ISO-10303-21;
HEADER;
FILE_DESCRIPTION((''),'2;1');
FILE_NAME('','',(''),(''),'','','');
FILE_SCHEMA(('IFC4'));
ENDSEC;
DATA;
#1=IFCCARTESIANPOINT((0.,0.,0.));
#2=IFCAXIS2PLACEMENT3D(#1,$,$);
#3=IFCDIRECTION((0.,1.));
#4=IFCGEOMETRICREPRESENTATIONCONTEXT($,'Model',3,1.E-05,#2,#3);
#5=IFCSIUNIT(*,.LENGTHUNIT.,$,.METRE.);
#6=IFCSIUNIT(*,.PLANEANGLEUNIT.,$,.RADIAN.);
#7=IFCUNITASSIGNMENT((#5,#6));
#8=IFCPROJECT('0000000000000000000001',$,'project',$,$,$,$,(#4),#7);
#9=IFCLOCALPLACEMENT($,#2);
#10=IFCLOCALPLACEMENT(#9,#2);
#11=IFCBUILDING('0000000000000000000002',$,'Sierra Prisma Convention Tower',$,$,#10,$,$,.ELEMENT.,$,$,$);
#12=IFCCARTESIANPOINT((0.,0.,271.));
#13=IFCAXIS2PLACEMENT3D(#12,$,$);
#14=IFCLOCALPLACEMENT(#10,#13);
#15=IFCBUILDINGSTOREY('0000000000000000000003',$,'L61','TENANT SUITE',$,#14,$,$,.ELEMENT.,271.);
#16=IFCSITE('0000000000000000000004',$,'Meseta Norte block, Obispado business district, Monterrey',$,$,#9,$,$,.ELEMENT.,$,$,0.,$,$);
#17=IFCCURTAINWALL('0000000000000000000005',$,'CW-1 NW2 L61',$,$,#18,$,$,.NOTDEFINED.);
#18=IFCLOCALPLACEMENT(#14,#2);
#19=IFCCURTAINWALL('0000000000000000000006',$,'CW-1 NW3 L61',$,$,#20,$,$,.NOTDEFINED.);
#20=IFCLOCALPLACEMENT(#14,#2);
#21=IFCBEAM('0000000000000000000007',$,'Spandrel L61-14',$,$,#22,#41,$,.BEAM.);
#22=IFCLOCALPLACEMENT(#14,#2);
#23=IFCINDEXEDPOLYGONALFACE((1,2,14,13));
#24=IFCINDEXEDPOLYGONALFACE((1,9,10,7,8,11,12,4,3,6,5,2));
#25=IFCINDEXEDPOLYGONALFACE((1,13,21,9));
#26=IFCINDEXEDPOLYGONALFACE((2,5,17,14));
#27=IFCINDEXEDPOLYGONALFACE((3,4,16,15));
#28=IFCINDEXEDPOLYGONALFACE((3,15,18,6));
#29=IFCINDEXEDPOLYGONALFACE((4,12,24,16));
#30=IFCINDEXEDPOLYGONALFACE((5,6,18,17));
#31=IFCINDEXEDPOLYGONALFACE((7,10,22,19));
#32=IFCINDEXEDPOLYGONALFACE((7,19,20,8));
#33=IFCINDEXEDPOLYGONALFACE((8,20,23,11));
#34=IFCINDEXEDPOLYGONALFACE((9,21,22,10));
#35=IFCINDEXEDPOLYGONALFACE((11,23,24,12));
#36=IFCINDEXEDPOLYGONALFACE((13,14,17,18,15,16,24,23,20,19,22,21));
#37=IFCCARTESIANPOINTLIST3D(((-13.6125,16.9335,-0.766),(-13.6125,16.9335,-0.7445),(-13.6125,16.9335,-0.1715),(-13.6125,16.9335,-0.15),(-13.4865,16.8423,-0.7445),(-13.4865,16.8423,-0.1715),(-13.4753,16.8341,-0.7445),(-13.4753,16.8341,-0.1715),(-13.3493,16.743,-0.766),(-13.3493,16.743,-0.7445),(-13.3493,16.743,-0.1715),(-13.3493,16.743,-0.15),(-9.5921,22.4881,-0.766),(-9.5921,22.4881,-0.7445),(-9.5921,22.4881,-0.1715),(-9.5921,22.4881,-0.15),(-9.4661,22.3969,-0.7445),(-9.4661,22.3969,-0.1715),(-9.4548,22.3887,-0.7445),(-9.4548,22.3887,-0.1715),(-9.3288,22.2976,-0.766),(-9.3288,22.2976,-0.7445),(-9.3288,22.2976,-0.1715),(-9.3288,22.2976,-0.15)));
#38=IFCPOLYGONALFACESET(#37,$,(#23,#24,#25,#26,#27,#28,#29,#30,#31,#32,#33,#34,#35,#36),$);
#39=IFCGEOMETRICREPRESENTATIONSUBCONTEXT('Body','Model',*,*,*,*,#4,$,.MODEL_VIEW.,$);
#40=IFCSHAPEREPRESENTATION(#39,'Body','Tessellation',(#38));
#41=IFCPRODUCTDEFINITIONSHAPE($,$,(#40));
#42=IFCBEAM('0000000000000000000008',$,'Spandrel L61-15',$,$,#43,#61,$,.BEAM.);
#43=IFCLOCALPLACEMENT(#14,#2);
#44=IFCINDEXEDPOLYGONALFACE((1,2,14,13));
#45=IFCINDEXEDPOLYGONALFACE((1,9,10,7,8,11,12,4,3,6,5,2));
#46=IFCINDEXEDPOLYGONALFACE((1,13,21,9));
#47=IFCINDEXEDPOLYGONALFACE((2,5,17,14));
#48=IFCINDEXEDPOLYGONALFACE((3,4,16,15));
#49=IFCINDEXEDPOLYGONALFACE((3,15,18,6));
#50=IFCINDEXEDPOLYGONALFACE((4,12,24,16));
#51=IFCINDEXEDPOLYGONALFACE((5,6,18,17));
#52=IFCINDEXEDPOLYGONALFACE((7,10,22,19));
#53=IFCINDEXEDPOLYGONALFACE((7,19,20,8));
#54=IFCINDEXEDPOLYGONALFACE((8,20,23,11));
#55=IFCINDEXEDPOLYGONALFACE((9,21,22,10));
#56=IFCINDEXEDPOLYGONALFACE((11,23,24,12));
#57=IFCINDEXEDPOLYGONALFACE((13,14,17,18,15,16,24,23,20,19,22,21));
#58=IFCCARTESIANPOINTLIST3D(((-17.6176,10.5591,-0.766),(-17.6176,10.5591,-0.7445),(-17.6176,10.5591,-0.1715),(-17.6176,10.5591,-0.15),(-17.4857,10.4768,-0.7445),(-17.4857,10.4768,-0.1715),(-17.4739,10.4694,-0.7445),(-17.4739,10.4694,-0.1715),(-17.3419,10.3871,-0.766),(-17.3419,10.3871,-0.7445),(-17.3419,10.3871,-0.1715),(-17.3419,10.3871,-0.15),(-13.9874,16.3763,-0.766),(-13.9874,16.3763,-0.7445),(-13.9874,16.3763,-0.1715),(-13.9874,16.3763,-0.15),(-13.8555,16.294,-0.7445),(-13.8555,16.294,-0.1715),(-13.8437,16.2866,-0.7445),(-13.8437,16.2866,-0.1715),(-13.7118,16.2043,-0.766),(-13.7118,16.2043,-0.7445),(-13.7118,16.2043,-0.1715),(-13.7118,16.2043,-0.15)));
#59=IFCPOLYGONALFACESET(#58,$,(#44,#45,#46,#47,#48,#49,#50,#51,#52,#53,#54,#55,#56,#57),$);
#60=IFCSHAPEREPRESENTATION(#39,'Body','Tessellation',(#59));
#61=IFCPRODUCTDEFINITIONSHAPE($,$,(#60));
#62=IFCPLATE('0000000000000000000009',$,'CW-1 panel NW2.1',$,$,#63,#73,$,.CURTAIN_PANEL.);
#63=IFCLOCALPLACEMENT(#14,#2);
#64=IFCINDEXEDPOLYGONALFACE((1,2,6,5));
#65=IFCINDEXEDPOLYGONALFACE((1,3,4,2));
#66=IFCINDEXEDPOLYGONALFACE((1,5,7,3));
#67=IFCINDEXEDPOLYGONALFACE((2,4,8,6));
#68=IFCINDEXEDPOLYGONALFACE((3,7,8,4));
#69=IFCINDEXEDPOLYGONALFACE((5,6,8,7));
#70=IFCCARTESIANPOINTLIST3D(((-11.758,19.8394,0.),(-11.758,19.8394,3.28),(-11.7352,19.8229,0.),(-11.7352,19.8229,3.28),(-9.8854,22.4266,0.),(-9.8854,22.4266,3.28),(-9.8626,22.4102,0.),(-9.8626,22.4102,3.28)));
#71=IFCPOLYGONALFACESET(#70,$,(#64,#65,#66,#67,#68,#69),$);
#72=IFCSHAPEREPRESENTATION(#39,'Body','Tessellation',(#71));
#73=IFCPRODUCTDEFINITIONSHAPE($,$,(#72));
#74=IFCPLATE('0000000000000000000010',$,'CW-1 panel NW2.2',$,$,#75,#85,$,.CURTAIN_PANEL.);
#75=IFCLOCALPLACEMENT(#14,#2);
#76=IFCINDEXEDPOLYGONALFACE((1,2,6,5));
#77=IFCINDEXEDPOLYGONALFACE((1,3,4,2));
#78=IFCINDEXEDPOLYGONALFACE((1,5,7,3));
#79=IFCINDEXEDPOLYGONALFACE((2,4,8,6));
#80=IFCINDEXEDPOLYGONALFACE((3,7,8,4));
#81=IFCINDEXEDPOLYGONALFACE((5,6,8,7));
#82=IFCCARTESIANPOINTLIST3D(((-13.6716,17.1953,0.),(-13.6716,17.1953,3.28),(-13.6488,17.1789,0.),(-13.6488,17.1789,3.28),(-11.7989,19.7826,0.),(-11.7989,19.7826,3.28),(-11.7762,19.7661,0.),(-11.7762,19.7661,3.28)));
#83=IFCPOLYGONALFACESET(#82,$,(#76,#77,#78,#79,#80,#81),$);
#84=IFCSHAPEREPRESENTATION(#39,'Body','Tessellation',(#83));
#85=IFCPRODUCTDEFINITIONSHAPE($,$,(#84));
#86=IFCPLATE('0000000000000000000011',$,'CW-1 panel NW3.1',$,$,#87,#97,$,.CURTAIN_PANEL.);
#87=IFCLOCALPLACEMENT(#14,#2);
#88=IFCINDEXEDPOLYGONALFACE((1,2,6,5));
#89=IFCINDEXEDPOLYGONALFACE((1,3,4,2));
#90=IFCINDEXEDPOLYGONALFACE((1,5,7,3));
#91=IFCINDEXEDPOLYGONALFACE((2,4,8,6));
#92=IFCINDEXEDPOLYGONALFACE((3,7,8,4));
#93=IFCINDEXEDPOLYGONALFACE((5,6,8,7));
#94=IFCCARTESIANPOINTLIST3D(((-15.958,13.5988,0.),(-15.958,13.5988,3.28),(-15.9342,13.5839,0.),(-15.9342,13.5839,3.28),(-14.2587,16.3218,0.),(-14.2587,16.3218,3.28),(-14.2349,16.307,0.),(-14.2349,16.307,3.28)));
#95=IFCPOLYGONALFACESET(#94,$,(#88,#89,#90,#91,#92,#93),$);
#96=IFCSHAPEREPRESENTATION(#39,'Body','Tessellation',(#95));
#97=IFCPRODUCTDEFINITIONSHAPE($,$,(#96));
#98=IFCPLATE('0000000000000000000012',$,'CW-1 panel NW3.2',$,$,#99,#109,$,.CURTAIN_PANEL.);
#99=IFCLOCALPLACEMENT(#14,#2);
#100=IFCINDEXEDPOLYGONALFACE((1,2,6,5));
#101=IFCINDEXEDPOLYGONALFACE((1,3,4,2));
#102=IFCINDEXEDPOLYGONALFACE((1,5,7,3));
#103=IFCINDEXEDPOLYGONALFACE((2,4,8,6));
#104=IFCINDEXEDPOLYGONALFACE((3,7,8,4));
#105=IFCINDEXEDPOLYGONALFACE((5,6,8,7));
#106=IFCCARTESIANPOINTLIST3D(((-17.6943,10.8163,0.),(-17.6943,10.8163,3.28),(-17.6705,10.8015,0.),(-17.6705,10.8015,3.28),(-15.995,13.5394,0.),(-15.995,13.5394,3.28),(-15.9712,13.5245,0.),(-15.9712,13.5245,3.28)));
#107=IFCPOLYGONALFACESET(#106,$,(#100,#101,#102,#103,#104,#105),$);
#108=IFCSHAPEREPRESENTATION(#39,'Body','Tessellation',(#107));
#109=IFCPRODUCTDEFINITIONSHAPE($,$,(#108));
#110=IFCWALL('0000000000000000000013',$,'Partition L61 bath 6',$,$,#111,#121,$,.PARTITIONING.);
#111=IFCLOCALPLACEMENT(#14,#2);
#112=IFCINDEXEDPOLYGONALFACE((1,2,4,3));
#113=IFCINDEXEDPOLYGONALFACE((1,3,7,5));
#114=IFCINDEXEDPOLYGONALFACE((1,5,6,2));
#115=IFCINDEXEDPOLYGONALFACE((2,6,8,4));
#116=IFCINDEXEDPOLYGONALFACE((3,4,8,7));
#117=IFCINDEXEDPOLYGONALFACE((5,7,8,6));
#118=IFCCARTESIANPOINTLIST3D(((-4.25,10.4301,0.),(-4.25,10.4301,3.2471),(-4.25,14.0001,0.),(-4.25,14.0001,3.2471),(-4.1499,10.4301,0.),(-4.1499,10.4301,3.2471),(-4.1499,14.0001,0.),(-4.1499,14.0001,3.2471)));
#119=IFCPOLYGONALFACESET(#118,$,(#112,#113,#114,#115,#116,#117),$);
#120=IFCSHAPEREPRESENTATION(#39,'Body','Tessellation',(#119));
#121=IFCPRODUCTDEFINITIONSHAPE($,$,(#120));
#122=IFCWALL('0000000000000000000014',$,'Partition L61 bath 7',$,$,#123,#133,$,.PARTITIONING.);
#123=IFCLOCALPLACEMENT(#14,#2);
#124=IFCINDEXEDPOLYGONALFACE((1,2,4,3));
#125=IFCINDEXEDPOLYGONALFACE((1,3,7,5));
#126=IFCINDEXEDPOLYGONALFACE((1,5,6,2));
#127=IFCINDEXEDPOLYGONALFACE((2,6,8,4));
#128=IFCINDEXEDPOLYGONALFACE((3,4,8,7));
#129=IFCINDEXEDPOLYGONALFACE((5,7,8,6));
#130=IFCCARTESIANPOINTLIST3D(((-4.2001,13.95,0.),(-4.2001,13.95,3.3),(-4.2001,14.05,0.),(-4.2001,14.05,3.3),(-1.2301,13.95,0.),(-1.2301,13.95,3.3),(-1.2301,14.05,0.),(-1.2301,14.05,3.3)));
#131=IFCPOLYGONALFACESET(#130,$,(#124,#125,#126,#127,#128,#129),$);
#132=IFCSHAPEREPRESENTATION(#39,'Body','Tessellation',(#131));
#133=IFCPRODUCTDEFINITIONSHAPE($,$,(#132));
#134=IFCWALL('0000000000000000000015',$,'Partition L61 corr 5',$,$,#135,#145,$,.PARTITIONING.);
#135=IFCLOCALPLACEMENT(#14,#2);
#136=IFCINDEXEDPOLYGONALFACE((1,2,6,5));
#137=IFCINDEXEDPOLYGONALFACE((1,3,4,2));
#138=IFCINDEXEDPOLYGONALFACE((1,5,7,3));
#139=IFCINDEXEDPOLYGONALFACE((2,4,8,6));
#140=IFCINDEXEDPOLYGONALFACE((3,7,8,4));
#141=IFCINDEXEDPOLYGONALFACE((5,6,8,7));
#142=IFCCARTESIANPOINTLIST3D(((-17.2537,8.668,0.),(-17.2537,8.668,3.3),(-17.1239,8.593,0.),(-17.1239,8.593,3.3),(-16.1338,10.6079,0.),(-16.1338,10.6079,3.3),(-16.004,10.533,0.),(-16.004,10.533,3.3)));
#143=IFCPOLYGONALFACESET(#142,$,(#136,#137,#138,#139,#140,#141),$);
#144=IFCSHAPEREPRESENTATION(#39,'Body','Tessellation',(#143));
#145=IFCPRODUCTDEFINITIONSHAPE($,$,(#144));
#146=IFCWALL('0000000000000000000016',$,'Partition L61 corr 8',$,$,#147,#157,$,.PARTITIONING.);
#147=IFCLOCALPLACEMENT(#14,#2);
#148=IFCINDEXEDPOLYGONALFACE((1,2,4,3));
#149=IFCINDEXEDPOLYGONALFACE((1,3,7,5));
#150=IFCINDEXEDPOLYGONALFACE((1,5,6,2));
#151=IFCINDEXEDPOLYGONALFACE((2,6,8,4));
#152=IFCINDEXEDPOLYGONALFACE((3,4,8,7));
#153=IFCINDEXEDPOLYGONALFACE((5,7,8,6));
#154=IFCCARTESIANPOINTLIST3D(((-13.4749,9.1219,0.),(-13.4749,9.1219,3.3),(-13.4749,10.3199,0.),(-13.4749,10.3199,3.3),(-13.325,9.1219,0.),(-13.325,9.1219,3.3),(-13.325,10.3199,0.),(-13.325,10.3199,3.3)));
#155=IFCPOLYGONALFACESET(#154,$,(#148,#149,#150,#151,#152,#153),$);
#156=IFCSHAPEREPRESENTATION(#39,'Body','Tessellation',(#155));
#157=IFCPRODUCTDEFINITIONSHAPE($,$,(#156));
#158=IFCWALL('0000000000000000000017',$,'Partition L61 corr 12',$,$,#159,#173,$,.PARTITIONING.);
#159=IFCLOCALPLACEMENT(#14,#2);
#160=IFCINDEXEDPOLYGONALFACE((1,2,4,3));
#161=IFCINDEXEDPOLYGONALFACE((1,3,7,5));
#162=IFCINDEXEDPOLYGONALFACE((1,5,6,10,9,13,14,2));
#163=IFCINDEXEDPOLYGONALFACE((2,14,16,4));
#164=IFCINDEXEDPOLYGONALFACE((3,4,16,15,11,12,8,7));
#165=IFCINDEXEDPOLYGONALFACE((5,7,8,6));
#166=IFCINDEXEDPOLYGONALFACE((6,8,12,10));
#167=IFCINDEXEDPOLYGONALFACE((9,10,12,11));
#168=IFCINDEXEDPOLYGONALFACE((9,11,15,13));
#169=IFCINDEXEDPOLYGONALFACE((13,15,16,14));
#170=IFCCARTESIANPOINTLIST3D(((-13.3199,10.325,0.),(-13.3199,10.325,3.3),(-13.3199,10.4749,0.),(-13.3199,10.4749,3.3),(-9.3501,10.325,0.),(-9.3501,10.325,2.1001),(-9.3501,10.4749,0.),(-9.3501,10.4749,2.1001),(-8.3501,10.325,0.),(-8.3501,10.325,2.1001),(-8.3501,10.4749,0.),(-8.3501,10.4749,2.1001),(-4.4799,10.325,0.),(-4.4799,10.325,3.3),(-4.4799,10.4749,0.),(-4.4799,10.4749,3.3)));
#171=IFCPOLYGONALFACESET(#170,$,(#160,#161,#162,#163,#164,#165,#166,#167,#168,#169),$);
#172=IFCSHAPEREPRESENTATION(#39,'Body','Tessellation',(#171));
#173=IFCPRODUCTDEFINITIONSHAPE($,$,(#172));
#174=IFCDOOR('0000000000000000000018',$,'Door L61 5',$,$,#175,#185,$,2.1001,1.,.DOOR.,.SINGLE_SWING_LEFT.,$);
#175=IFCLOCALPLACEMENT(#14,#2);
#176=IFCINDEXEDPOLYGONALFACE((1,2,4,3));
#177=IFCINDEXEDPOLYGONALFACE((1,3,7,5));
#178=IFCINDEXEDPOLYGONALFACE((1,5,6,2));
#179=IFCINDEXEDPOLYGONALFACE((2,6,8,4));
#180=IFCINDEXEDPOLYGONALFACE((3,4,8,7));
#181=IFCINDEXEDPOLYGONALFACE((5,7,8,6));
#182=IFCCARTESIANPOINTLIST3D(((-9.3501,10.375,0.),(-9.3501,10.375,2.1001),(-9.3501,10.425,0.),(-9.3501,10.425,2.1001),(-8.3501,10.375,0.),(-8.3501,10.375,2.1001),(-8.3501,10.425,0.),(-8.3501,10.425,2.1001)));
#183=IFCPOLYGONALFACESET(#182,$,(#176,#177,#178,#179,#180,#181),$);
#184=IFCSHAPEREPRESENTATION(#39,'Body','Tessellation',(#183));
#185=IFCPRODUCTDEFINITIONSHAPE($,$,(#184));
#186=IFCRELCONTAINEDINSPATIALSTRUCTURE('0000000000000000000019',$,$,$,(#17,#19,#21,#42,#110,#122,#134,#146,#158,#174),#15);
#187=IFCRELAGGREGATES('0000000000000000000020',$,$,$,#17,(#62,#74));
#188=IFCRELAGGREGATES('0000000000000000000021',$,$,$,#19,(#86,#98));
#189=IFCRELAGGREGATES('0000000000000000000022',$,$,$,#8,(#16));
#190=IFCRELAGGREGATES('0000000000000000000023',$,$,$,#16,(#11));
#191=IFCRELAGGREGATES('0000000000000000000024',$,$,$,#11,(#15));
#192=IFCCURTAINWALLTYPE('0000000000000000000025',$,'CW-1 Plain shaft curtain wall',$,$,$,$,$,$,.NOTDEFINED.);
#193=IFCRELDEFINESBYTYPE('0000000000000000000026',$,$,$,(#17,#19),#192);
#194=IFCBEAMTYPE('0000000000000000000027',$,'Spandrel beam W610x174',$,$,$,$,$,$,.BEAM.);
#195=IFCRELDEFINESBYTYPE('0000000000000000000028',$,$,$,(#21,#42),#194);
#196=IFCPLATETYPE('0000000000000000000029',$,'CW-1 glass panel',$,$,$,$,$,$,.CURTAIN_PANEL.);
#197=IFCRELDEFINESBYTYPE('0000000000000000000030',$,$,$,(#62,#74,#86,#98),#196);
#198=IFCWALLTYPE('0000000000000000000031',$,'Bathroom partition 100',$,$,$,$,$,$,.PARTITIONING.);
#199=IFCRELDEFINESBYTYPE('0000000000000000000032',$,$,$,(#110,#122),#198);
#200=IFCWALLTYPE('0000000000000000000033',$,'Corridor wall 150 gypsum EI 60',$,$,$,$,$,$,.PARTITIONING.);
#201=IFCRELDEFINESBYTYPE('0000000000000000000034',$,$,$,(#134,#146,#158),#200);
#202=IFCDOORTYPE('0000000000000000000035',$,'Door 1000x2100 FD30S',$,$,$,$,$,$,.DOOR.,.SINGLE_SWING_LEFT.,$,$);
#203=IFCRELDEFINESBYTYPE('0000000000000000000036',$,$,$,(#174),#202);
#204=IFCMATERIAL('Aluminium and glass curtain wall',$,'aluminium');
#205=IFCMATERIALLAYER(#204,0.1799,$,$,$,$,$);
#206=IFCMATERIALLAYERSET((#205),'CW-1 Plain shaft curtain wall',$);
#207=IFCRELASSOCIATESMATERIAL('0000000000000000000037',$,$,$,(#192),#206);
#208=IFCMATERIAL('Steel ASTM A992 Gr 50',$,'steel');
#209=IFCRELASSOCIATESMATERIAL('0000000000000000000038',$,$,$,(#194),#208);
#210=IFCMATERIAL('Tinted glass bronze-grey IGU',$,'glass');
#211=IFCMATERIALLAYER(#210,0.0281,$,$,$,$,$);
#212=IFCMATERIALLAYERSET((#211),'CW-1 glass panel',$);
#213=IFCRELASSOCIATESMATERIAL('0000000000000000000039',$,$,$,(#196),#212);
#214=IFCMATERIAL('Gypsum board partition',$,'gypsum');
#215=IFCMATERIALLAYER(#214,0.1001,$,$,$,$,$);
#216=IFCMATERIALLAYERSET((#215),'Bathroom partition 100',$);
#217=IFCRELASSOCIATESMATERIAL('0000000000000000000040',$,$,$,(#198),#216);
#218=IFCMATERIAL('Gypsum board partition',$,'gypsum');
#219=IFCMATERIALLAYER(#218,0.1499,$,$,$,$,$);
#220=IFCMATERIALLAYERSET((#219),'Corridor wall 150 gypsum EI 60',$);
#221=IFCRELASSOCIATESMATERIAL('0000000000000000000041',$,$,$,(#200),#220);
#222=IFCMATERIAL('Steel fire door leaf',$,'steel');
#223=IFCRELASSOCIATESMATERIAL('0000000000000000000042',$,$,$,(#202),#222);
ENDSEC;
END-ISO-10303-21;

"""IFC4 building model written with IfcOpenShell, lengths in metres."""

from ifc_helpers import new_model, si_unit, direction, frame, frame_2d, origin, origin_2d, place, context, subcontext, project, spatial, rectangle, i_section, extrude, material, layer, layer_set, material_profile, profile_set, type_object, element, fill, aggregate, save


model = new_model("IFC4")

# Units and contexts
model_context = context("Model", 3, precision=1e-05, world=origin(), true_north=direction((0.0, 1.0)))
body_context = subcontext(model_context, "Body", "Model", "MODEL_VIEW")
ifc_project = project(units=[si_unit("LENGTHUNIT", "METRE"), si_unit("PLANEANGLEUNIT", "RADIAN")], contexts=[model_context])

# Site, building, storey
site_placement = place(None, origin())
site = spatial("IfcSite", under=ifc_project, at=site_placement, Name="Meseta Norte block, Obispado business district, Monterrey", CompositionType="ELEMENT", RefElevation=0.0)
building_placement = place(site_placement, origin())
building = spatial("IfcBuilding", under=site, at=building_placement, Name="Sierra Prisma Convention Tower", CompositionType="ELEMENT")
storey_placement = place(building_placement, frame((0.0, 0.0, 271.0)))
storey = spatial("IfcBuildingStorey", under=building, at=storey_placement, Name="L61", Description="TENANT SUITE", CompositionType="ELEMENT", Elevation=271.0)

# Curtain wall
ifc_material_1 = material(Name="Aluminium and glass curtain wall", Category="aluminium")
ifc_layer_1 = layer(ifc_material_1, 0.1799)
ifc_layer_set_1 = layer_set([ifc_layer_1], Name="CW-1 Plain shaft curtain wall")
curtain_wall_type = type_object("IfcCurtainWallType", Name="CW-1 Plain shaft curtain wall", PredefinedType="NOTDEFINED", material=ifc_layer_set_1)
curtain_wall_1_placement = place(storey_placement, origin())
curtain_wall_1 = element("IfcCurtainWall", 1, at=curtain_wall_1_placement, inside=storey, type_object=curtain_wall_type, Name="CW-1 NW2 L61", PredefinedType="NOTDEFINED")

# Curtain wall
curtain_wall_2_placement = place(storey_placement, origin())
curtain_wall_2 = element("IfcCurtainWall", 2, at=curtain_wall_2_placement, inside=storey, type_object=curtain_wall_type, Name="CW-1 NW3 L61", PredefinedType="NOTDEFINED")

# Beams
ifc_material_2 = material(Name="Steel ASTM A992 Gr 50", Category="steel")
ifc_material_profile_1 = material_profile(ifc_material_2, i_section(OverallWidth=0.325, OverallDepth=0.616, WebThickness=0.0139, FlangeThickness=0.0215, at=origin_2d()), Name="W610x174")
ifc_profile_set_1 = profile_set([ifc_material_profile_1], Name="Steel ASTM A992 Gr 50")
beam_type_1 = type_object("IfcBeamType", Name="Spandrel beam W610x174", PredefinedType="BEAM", material=ifc_profile_set_1)
for number, where, z_axis, x_axis, name in (
    (3, (-9.4604, 22.3928, -0.458), (-0.586333, -0.81007, 0.0), (0.81007, -0.586333, 0.0), "Spandrel L61-14"),
    (4, (-13.8496, 16.2903, -0.458), (-0.529413, -0.848364, 0.0), (0.848364, -0.529413, 0.0), "Spandrel L61-15"),
):
    element("IfcBeam", number, at=place(storey_placement, frame(where, z_axis=z_axis, x_axis=x_axis)), inside=storey, type_object=beam_type_1, Name=name, PredefinedType="BEAM", context=body_context, shape_type="SweptSolid", body=[
        extrude(i_section(OverallWidth=0.325, OverallDepth=0.616, WebThickness=0.0139, FlangeThickness=0.0215, at=origin_2d()), origin(), (0.0, 0.0, 1.0), 6.8569),
    ])

# Plates
ifc_material_3 = material(Name="Tinted glass bronze-grey IGU", Category="glass")
ifc_layer_2 = layer(ifc_material_3, 0.0281)
ifc_layer_set_2 = layer_set([ifc_layer_2], Name="CW-1 glass panel")
plate_type = type_object("IfcPlateType", Name="CW-1 glass panel", PredefinedType="CURTAIN_PANEL", material=ifc_layer_set_2)
plate_1_placement = place(storey_placement, frame((-10.8103, 21.1248, 0.0), z_axis=(0.0, 0.0, 1.0), x_axis=(-0.586323, -0.810077, 0.0)))
plate_1 = element("IfcPlate", 5, at=plate_1_placement, type_object=plate_type, Name="CW-1 panel NW2.1", PredefinedType="CURTAIN_PANEL", context=body_context, shape_type="SweptSolid", body=[
    extrude(rectangle(XDim=3.1938, YDim=0.0281, at=origin_2d()), origin(), (0.0, 0.0, 1.0), 3.28),
])
plate_2_placement = place(storey_placement, frame((-12.7239, 18.4807, 0.0), z_axis=(0.0, 0.0, 1.0), x_axis=(-0.586323, -0.810077, 0.0)))
plate_2 = element("IfcPlate", 6, at=plate_2_placement, type_object=plate_type, Name="CW-1 panel NW2.2", PredefinedType="CURTAIN_PANEL", context=body_context, shape_type="SweptSolid", body=[
    extrude(rectangle(XDim=3.1938, YDim=0.0281, at=origin_2d()), origin(), (0.0, 0.0, 1.0), 3.28),
])
aggregate(curtain_wall_1, [plate_1, plate_2])
plate_3_placement = place(storey_placement, frame((-15.0964, 14.9529, 0.0), z_axis=(0.0, 0.0, 1.0), x_axis=(-0.529409, -0.848367, 0.0)))
plate_3 = element("IfcPlate", 7, at=plate_3_placement, type_object=plate_type, Name="CW-1 panel NW3.1", PredefinedType="CURTAIN_PANEL", context=body_context, shape_type="SweptSolid", body=[
    extrude(rectangle(XDim=3.2097, YDim=0.0281, at=origin_2d()), origin(), (0.0, 0.0, 1.0), 3.28),
])
plate_4_placement = place(storey_placement, frame((-16.8328, 12.1704, 0.0), z_axis=(0.0, 0.0, 1.0), x_axis=(-0.529409, -0.848367, 0.0)))
plate_4 = element("IfcPlate", 8, at=plate_4_placement, type_object=plate_type, Name="CW-1 panel NW3.2", PredefinedType="CURTAIN_PANEL", context=body_context, shape_type="SweptSolid", body=[
    extrude(rectangle(XDim=3.2097, YDim=0.0281, at=origin_2d()), origin(), (0.0, 0.0, 1.0), 3.28),
])
aggregate(curtain_wall_2, [plate_3, plate_4])

# Walls
ifc_material_4 = material(Name="Gypsum board partition", Category="gypsum")
ifc_layer_3 = layer(ifc_material_4, 0.1001)
ifc_layer_set_3 = layer_set([ifc_layer_3], Name="Bathroom partition 100")
wall_type_1 = type_object("IfcWallType", Name="Bathroom partition 100", PredefinedType="PARTITIONING", material=ifc_layer_set_3)
wall_1_placement = place(storey_placement, frame((-4.2, 10.4299, 0.0), z_axis=(0.0, 0.0, 1.0), x_axis=(0.0, 1.0, 0.0)))
element("IfcWall", 9, at=wall_1_placement, inside=storey, type_object=wall_type_1, Name="Partition L61 bath 6", PredefinedType="PARTITIONING", context=body_context, shape_type="SweptSolid", body=[
    extrude(rectangle(XDim=3.5701, YDim=0.1001, at=frame_2d((1.7852, 0.0))), origin(), (0.0, 0.0, 1.0), 3.2471),
])
wall_2_placement = place(storey_placement, frame((-4.2, 14.0, 0.0), z_axis=(0.0, 0.0, 1.0), x_axis=(1.0, 0.0, 0.0)))
element("IfcWall", 10, at=wall_2_placement, inside=storey, type_object=wall_type_1, Name="Partition L61 bath 7", PredefinedType="PARTITIONING", context=body_context, shape_type="SweptSolid", body=[
    extrude(rectangle(XDim=2.97, YDim=0.1001, at=frame_2d((1.4849, 0.0))), origin(), (0.0, 0.0, 1.0), 3.3),
])
ifc_material_5 = material(Name="Gypsum board partition", Category="gypsum")
ifc_layer_4 = layer(ifc_material_5, 0.1499)
ifc_layer_set_4 = layer_set([ifc_layer_4], Name="Corridor wall 150 gypsum EI 60")
wall_type_2 = type_object("IfcWallType", Name="Corridor wall 150 gypsum EI 60", PredefinedType="PARTITIONING", material=ifc_layer_set_4)
wall_3_placement = place(storey_placement, frame((-16.0688, 10.5706, 0.0), z_axis=(0.0, 0.0, 1.0), x_axis=(-0.499949, -0.866055, 0.0)))
element("IfcWall", 11, at=wall_3_placement, inside=storey, type_object=wall_type_2, Name="Partition L61 corr 5", PredefinedType="PARTITIONING", context=body_context, shape_type="SweptSolid", body=[
    extrude(rectangle(XDim=2.24, YDim=0.1499, at=frame_2d((1.1201, 0.0))), origin(), (0.0, 0.0, 1.0), 3.3),
])
wall_4_placement = place(storey_placement, frame((-13.3999, 10.3201, 0.0), z_axis=(0.0, 0.0, 1.0), x_axis=(0.0, -1.0, 0.0)))
element("IfcWall", 12, at=wall_4_placement, inside=storey, type_object=wall_type_2, Name="Partition L61 corr 8", PredefinedType="PARTITIONING", context=body_context, shape_type="SweptSolid", body=[
    extrude(rectangle(XDim=1.198, YDim=0.1499, at=frame_2d((0.5991, 0.0))), origin(), (0.0, 0.0, 1.0), 3.3),
])

# Wall, opening, door
wall_5_placement = place(storey_placement, frame((-4.48, 10.3999, 0.0), z_axis=(0.0, 0.0, 1.0), x_axis=(-1.0, 0.0, 0.0)))
wall_5 = element("IfcWall", 13, at=wall_5_placement, inside=storey, type_object=wall_type_2, Name="Partition L61 corr 12", PredefinedType="PARTITIONING", context=body_context, shape_type="SweptSolid", body=[
    extrude(rectangle(XDim=8.8401, YDim=0.1499, at=frame_2d((4.4199, 0.0))), origin(), (0.0, 0.0, 1.0), 3.3),
])
opening_1_placement = place(wall_5_placement, frame((3.8701, 0.0, 0.0)))
opening_1 = element("IfcOpeningElement", 14, at=opening_1_placement, cuts=wall_5, PredefinedType="OPENING", context=body_context, shape_type="SweptSolid", body=[
    extrude(rectangle(XDim=1.0, YDim=2.1001, at=frame_2d((0.5, 1.05))), frame((0.0, 0.075, 0.0), z_axis=(0.0, -1.0, 0.0), x_axis=(1.0, 0.0, 0.0)), (0.0, 0.0, 1.0), 0.1499),
])
ifc_material_6 = material(Name="Steel fire door leaf", Category="steel")
door_type_1 = type_object("IfcDoorType", Name="Door 1000x2100 FD30S", OperationType="SINGLE_SWING_LEFT", PredefinedType="DOOR", material=ifc_material_6)
door_1_placement = place(opening_1_placement, origin())
door_1 = element("IfcDoor", 15, at=door_1_placement, inside=storey, type_object=door_type_1, Name="Door L61 5", OperationType="SINGLE_SWING_LEFT", OverallHeight=2.1001, OverallWidth=1.0, PredefinedType="DOOR", context=body_context, shape_type="SweptSolid", body=[
    extrude(rectangle(XDim=1.0, YDim=2.1001, at=frame_2d((0.5, 1.05))), frame((0.0, 0.0249, 0.0), z_axis=(0.0, -1.0, 0.0), x_axis=(1.0, 0.0, 0.0)), (0.0, 0.0, 1.0), 0.05),
])
fill(opening_1, door_1)

save(model, "model.ifc")
